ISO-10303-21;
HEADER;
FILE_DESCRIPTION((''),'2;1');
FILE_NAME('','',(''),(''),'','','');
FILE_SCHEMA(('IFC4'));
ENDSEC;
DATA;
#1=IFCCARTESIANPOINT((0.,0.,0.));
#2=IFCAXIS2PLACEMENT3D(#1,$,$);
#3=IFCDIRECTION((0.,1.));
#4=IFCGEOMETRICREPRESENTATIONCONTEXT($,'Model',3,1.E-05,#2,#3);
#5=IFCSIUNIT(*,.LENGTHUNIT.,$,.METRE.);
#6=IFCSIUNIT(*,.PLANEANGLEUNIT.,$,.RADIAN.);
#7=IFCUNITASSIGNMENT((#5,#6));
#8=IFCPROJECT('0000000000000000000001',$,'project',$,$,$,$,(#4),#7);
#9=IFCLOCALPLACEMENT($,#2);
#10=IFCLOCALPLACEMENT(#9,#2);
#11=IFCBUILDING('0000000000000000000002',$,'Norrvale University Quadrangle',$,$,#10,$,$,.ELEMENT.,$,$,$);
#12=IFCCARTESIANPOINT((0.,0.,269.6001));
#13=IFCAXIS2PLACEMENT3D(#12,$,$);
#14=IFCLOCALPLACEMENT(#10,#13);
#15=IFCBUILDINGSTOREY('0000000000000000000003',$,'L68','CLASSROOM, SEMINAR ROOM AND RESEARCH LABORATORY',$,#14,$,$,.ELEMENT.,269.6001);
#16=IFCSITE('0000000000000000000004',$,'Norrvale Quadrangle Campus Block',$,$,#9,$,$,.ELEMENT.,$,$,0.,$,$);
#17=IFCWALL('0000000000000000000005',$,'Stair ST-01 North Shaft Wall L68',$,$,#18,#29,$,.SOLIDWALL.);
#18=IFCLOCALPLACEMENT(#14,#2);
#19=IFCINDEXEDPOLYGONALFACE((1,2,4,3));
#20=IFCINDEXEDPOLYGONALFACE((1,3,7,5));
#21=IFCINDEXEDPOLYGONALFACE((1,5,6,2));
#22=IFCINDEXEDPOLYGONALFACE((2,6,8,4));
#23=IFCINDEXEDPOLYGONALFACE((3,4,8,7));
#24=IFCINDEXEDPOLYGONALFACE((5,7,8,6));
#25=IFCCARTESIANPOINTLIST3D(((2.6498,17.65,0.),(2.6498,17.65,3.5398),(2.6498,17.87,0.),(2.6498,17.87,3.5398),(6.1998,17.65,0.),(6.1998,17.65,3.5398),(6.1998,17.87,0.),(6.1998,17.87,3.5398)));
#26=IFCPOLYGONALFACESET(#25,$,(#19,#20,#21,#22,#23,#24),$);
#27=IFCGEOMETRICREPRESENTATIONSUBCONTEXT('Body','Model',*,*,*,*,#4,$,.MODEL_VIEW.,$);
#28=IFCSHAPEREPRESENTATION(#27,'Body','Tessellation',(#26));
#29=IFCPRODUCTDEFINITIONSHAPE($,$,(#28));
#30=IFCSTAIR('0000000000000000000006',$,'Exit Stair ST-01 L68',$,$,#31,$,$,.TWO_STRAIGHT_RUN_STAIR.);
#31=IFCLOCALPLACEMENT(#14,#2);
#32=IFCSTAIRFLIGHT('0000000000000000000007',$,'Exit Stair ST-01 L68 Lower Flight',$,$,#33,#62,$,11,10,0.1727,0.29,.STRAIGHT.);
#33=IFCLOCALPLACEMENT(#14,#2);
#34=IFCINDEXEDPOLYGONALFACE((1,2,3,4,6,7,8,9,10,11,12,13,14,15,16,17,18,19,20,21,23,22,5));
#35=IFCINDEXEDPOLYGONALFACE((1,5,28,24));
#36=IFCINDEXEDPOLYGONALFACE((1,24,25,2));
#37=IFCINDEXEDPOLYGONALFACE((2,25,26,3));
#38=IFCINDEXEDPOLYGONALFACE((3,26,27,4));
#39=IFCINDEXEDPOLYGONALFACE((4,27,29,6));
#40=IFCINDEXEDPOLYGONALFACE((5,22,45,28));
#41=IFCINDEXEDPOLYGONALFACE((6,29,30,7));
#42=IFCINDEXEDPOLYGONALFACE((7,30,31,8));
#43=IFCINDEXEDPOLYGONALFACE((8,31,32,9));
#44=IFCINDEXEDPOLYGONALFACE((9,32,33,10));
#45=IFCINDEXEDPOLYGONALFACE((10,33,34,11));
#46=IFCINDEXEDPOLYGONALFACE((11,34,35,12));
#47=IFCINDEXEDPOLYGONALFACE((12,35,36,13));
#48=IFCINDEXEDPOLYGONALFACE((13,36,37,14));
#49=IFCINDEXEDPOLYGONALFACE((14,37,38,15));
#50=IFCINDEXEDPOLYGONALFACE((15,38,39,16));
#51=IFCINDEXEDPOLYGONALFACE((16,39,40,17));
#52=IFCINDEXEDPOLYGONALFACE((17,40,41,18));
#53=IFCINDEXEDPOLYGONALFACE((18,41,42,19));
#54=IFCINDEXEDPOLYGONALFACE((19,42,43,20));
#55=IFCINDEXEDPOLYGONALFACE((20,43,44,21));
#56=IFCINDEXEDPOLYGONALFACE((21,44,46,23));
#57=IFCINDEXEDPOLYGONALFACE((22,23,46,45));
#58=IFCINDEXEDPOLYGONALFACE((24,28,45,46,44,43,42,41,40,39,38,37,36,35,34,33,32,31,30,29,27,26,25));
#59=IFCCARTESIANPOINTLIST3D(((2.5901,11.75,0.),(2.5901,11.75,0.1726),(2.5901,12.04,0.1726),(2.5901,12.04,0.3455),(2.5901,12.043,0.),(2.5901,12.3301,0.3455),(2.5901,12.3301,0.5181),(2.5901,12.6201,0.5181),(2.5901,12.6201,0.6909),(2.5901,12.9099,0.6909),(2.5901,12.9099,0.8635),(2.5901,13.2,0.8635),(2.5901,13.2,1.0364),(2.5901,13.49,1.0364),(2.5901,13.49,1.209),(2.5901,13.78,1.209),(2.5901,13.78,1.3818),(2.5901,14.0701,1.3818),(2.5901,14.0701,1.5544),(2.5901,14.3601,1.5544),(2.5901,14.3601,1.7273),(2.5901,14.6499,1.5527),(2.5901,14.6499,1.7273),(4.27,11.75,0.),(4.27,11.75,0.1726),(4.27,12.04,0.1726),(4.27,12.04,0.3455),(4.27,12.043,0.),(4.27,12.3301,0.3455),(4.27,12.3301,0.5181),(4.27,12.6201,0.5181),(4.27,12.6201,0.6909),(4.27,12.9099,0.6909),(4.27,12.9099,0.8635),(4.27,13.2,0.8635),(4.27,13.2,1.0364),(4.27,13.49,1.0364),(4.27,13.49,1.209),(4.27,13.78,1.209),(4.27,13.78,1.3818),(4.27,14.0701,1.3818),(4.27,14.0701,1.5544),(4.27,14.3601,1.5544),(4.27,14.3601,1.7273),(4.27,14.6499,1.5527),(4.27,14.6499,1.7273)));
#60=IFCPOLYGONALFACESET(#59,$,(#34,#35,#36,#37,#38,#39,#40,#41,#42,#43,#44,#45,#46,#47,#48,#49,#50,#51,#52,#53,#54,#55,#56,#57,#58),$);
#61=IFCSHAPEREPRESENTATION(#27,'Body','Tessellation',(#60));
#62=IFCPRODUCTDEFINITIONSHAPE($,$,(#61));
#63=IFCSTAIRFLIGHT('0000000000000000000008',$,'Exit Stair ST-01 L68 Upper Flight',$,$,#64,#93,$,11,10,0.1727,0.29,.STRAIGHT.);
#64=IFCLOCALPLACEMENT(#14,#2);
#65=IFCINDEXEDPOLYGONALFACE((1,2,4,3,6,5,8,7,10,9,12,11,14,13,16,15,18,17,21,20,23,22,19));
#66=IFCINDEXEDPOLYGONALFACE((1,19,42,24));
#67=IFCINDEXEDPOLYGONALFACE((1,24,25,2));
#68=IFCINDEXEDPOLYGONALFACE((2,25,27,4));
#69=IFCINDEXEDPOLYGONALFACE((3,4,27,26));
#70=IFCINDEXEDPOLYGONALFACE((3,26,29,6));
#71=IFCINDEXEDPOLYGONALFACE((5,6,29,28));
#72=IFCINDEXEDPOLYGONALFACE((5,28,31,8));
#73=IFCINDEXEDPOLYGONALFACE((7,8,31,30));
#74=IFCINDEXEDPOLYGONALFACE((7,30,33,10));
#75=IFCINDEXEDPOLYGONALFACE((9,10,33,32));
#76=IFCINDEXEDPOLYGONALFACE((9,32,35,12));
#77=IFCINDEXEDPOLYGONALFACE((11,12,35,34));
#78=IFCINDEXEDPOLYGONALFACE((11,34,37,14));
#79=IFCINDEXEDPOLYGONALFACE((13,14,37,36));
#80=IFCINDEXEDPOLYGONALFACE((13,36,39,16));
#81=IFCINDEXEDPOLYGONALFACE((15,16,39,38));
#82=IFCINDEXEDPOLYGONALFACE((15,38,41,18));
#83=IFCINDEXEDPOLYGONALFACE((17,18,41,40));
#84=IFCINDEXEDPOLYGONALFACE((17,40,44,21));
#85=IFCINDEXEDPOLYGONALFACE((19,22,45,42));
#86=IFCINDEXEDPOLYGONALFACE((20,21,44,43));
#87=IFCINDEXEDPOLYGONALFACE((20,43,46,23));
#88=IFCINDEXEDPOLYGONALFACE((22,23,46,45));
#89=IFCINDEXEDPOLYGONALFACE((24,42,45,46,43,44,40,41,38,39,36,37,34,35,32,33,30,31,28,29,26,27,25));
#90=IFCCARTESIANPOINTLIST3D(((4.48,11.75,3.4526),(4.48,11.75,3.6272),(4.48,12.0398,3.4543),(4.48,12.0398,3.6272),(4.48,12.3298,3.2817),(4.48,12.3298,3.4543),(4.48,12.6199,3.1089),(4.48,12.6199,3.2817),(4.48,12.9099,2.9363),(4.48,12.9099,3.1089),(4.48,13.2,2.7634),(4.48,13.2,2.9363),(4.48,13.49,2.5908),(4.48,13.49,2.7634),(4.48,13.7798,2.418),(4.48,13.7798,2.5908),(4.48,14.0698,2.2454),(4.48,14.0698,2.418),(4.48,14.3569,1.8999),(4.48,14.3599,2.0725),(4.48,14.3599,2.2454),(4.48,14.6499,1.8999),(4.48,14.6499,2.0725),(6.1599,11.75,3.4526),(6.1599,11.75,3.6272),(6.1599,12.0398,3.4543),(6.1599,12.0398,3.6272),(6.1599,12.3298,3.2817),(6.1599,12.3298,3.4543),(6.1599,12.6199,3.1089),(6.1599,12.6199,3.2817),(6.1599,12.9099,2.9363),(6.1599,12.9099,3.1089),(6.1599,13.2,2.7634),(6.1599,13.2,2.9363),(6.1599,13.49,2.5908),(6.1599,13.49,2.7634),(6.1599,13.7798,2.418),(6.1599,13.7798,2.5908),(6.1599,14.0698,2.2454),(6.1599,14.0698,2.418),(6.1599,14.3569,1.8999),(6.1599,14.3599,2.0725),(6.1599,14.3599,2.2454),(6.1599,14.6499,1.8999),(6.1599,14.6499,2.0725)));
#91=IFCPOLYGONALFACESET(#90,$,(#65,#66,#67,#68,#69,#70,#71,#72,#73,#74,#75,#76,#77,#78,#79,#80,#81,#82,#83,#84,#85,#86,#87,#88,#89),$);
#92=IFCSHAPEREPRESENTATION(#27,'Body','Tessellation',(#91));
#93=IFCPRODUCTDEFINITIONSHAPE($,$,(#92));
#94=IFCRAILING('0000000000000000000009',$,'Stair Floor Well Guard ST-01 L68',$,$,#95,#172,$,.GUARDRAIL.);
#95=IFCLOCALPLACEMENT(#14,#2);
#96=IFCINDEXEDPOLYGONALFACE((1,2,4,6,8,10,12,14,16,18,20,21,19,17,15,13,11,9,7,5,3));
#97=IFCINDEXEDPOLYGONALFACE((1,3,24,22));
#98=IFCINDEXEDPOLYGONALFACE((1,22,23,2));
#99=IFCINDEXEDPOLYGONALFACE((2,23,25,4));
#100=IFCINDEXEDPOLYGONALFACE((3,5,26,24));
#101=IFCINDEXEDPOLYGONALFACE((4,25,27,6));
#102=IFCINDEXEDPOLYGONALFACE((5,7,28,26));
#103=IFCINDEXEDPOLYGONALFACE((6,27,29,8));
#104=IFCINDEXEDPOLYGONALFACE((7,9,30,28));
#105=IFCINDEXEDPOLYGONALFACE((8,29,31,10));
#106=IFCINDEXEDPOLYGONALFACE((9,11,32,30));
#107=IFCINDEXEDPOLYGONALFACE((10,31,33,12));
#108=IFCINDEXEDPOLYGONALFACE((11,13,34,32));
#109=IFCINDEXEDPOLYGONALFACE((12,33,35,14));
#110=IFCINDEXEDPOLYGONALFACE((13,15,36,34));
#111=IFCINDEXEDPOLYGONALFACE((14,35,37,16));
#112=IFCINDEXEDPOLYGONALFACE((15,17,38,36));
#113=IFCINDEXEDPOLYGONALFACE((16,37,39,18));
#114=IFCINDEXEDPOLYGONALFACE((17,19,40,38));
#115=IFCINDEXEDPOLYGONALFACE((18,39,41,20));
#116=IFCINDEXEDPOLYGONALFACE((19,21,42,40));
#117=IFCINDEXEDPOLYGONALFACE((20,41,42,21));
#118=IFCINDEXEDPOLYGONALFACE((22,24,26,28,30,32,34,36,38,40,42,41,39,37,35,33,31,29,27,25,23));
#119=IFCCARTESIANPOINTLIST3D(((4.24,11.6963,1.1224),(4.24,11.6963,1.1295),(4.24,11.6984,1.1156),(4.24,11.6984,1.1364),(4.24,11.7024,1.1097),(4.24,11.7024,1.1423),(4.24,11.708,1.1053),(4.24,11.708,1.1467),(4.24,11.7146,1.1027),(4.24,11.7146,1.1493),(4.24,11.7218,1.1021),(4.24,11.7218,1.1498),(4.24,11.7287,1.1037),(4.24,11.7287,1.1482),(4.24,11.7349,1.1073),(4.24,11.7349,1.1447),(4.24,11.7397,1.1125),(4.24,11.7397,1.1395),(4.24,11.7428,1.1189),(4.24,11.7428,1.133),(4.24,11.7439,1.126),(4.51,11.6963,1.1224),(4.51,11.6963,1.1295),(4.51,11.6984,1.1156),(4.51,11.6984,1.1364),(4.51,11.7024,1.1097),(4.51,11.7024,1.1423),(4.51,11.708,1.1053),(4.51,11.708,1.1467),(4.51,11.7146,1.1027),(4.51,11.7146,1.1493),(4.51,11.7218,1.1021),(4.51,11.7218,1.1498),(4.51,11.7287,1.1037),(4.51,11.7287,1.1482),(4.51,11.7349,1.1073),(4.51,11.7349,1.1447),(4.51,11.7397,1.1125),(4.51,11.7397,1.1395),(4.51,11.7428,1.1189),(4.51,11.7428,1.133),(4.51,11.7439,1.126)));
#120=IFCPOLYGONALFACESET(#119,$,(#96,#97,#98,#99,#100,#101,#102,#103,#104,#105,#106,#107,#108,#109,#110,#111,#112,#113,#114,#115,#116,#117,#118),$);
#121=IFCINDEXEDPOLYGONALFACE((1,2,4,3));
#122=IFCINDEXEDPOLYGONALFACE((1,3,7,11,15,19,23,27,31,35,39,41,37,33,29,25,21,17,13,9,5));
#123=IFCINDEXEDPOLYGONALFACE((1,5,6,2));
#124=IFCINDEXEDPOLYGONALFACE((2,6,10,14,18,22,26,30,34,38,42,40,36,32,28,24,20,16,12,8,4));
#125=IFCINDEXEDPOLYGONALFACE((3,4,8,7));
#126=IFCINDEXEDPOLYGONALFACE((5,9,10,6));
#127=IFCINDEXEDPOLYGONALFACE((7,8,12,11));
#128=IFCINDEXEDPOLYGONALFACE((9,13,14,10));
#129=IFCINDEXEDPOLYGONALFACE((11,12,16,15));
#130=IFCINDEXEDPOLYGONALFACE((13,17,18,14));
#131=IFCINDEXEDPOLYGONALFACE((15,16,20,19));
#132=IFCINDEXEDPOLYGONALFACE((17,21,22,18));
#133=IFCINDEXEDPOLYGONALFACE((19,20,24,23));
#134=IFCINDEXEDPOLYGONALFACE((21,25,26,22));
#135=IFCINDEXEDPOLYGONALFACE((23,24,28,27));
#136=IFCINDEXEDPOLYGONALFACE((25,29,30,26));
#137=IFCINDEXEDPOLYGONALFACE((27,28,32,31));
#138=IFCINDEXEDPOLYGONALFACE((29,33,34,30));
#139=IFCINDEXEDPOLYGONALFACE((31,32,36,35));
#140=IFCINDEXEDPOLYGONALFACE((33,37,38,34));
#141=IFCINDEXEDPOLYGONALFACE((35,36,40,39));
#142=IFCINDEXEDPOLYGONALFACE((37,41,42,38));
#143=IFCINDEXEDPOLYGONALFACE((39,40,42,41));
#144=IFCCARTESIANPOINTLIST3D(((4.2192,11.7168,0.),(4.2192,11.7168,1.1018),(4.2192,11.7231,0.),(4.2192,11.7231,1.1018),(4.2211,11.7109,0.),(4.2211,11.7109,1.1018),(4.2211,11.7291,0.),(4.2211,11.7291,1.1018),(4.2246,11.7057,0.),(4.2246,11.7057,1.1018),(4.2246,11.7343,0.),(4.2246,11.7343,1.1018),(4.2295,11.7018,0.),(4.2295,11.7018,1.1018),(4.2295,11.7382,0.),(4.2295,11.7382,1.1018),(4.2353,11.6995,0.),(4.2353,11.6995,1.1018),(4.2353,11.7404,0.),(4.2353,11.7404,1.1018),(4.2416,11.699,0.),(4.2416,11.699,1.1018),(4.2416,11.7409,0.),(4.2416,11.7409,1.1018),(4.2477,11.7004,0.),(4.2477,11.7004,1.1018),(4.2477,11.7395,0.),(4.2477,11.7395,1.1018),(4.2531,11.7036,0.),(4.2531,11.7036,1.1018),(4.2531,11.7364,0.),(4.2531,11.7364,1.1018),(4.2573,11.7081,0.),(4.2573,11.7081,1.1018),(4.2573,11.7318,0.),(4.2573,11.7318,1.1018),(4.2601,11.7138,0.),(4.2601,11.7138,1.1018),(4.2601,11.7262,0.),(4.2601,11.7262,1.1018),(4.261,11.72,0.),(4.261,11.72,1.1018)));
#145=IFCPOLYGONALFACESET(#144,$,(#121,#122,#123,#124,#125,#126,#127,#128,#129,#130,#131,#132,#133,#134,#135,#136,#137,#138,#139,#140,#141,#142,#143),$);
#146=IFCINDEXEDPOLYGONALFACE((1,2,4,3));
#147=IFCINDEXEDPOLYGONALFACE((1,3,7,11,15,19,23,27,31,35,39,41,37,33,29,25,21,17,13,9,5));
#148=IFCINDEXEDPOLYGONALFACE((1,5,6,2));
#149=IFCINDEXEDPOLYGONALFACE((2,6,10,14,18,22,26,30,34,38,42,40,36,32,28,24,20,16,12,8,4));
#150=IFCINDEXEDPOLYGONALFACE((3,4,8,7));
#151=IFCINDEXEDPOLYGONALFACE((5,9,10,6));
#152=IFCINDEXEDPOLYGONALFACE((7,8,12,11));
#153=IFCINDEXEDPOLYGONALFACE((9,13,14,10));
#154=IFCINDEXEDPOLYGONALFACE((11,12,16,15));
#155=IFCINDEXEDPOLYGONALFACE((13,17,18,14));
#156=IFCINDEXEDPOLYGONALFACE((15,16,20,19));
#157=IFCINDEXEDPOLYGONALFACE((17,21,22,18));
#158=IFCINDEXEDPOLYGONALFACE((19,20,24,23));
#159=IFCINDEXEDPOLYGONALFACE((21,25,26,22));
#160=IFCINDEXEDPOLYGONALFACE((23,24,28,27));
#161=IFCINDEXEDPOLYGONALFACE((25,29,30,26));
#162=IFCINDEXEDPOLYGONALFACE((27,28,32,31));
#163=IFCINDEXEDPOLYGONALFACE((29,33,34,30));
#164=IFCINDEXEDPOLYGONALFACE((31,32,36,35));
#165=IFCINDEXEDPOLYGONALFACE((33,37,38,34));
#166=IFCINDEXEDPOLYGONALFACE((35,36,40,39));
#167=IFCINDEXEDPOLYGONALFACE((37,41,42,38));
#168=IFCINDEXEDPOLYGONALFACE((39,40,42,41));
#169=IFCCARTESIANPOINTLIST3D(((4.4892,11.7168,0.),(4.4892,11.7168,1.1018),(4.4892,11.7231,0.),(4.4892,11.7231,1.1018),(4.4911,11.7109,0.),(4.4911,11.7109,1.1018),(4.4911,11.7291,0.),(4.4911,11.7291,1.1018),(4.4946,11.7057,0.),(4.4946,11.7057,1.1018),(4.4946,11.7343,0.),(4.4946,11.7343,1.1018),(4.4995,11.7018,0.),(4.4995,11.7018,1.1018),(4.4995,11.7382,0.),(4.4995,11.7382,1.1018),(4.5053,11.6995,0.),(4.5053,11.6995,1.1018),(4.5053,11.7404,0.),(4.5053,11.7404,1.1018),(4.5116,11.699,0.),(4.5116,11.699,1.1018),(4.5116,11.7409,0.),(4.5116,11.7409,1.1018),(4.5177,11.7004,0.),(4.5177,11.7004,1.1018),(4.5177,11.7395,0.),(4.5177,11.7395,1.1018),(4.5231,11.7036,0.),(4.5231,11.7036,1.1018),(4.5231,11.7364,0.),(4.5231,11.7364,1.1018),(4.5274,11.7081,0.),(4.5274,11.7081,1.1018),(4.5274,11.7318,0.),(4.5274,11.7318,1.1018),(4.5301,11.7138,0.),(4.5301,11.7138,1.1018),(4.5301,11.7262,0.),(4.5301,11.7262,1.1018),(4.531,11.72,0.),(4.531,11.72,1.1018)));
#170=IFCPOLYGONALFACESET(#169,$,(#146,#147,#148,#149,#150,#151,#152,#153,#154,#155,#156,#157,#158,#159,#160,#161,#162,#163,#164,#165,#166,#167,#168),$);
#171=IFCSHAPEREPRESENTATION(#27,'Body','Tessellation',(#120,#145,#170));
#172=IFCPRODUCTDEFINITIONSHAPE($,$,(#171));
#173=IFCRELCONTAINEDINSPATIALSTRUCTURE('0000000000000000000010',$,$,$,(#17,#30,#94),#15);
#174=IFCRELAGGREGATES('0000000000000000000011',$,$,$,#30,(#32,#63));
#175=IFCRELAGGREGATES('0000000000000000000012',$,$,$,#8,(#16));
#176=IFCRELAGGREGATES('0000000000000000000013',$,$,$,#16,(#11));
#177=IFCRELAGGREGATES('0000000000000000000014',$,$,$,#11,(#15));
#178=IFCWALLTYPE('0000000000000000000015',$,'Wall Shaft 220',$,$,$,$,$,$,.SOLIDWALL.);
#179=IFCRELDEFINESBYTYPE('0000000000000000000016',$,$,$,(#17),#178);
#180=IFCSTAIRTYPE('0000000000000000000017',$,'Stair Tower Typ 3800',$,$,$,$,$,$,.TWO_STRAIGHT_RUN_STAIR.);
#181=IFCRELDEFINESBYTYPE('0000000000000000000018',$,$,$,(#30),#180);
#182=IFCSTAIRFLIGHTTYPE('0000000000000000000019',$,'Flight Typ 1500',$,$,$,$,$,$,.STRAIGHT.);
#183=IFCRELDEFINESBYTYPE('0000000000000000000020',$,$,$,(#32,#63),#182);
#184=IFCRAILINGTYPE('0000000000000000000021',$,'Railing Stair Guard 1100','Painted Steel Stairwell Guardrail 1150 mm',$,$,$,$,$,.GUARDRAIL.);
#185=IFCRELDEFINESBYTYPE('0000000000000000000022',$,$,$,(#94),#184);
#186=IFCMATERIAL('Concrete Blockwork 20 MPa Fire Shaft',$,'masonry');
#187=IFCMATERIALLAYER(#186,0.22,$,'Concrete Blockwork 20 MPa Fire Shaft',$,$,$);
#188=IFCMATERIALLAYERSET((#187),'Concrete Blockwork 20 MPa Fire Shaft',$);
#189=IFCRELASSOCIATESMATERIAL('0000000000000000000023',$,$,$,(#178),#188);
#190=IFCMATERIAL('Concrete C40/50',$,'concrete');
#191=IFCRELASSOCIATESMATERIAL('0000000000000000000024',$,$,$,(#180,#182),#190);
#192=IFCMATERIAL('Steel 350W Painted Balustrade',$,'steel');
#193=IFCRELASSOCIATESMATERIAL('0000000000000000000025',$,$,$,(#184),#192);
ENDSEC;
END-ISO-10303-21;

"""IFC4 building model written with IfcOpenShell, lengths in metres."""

from ifc_helpers import new_model, si_unit, direction, frame, frame_2d, origin, origin_2d, place, context, subcontext, project, spatial, polyline, rectangle, circle, outline, extrude, material, layer, layer_set, type_object, element, aggregate, save


model = new_model("IFC4")

# Units and contexts
model_context = context("Model", 3, precision=1e-05, world=origin(), true_north=direction((0.0, 1.0)))
body_context = subcontext(model_context, "Body", "Model", "MODEL_VIEW")
ifc_project = project(units=[si_unit("LENGTHUNIT", "METRE"), si_unit("PLANEANGLEUNIT", "RADIAN")], contexts=[model_context])

# Site, building, storey
site_placement = place(None, origin())
site = spatial("IfcSite", under=ifc_project, at=site_placement, Name="Norrvale Quadrangle Campus Block", CompositionType="ELEMENT", RefElevation=0.0)
building_placement = place(site_placement, origin())
building = spatial("IfcBuilding", under=site, at=building_placement, Name="Norrvale University Quadrangle", CompositionType="ELEMENT")
storey_placement = place(building_placement, frame((0.0, 0.0, 269.6001)))
storey = spatial("IfcBuildingStorey", under=building, at=storey_placement, Name="L68", Description="CLASSROOM, SEMINAR ROOM AND RESEARCH LABORATORY", CompositionType="ELEMENT", Elevation=269.6001)

# Wall
ifc_material_1 = material(Name="Concrete Blockwork 20 MPa Fire Shaft", Category="masonry")
ifc_layer_1 = layer(ifc_material_1, 0.22, Name="Concrete Blockwork 20 MPa Fire Shaft")
ifc_layer_set_1 = layer_set([ifc_layer_1], Name="Concrete Blockwork 20 MPa Fire Shaft")
wall_type_1 = type_object("IfcWallType", Name="Wall Shaft 220", PredefinedType="SOLIDWALL", material=ifc_layer_set_1)
wall_1_placement = place(storey_placement, frame((2.6499, 17.76, 0.0), z_axis=(0.0, 0.0, 1.0), x_axis=(1.0, 0.0, 0.0)))
element("IfcWall", 1, at=wall_1_placement, inside=storey, type_object=wall_type_1, Name="Stair ST-01 North Shaft Wall L68", PredefinedType="SOLIDWALL", context=body_context, shape_type="SweptSolid", body=[
    extrude(rectangle(XDim=3.55, YDim=0.22, at=frame_2d((1.7749, 0.0))), origin(), (0.0, 0.0, 1.0), 3.5398),
])

# Stair, stair flights
ifc_material_2 = material(Name="Concrete C40/50", Category="concrete")
stair_type = type_object("IfcStairType", Name="Stair Tower Typ 3800", PredefinedType="TWO_STRAIGHT_RUN_STAIR", material=ifc_material_2)
stair_placement = place(storey_placement, origin())
stair = element("IfcStair", 2, at=stair_placement, inside=storey, type_object=stair_type, Name="Exit Stair ST-01 L68", PredefinedType="TWO_STRAIGHT_RUN_STAIR")
stair_flight_type = type_object("IfcStairFlightType", Name="Flight Typ 1500", PredefinedType="STRAIGHT", material=ifc_material_2)
stair_flight_1_placement = place(storey_placement, frame((3.4299, 11.75, 0.0), z_axis=(0.0, 0.0, 1.0), x_axis=(0.0, 1.0, 0.0)))
stair_flight_1 = element("IfcStairFlight", 3, at=stair_flight_1_placement, type_object=stair_flight_type, Name="Exit Stair ST-01 L68 Lower Flight", NumberOfRisers=11, NumberOfTreads=10, PredefinedType="STRAIGHT", RiserHeight=0.1727, TreadLength=0.29, context=body_context, shape_type="SweptSolid", body=[
    extrude(outline(polyline([(0.0, 0.0), (0.0, 0.1726), (0.29, 0.1726), (0.29, 0.3455), (0.5801, 0.3455), (0.5801, 0.5181), (0.8701, 0.5181), (0.8701, 0.6909), (1.1599, 0.6909), (1.1599, 0.8635), (1.45, 0.8635), (1.45, 1.0364), (1.74, 1.0364), (1.74, 1.209), (2.03, 1.209), (2.03, 1.3818), (2.3201, 1.3818), (2.3201, 1.5544), (2.6101, 1.5544), (2.6101, 1.7273), (2.8999, 1.7273), (2.8999, 1.8999), (2.8999, 1.5527), (0.293, 0.0), (0.0, 0.0)])), frame((0.0, 0.8398, 0.0), z_axis=(0.0, -1.0, 0.0), x_axis=(1.0, 0.0, 0.0)), (0.0, 0.0, 1.0), 1.6799),
])
stair_flight_2_placement = place(storey_placement, frame((5.3201, 14.6499, 1.8999), z_axis=(0.0, 0.0, 1.0), x_axis=(0.0, -1.0, 0.0)))
stair_flight_2 = element("IfcStairFlight", 4, at=stair_flight_2_placement, type_object=stair_flight_type, Name="Exit Stair ST-01 L68 Upper Flight", NumberOfRisers=11, NumberOfTreads=10, PredefinedType="STRAIGHT", RiserHeight=0.1727, TreadLength=0.29, context=body_context, shape_type="SweptSolid", body=[
    extrude(outline(polyline([(0.0, 0.0), (0.0, 0.1726), (0.29, 0.1726), (0.29, 0.3455), (0.5801, 0.3455), (0.5801, 0.5181), (0.8701, 0.5181), (0.8701, 0.6909), (1.1599, 0.6909), (1.1599, 0.8635), (1.45, 0.8635), (1.45, 1.0364), (1.74, 1.0364), (1.74, 1.209), (2.03, 1.209), (2.03, 1.3818), (2.3201, 1.3818), (2.3201, 1.5544), (2.6101, 1.5544), (2.6101, 1.7273), (2.8999, 1.7273), (2.8999, 1.8999), (2.8999, 1.5527), (0.293, 0.0), (0.0, 0.0)])), frame((0.0, 0.8398, 0.0), z_axis=(0.0, -1.0, 0.0), x_axis=(1.0, 0.0, 0.0)), (0.0, 0.0, 1.0), 1.6799),
])
aggregate(stair, [stair_flight_1, stair_flight_2])

# Railing
ifc_material_3 = material(Name="Steel 350W Painted Balustrade", Category="steel")
railing_type_1 = type_object("IfcRailingType", Name="Railing Stair Guard 1100", Description="Painted Steel Stairwell Guardrail 1150 mm", PredefinedType="GUARDRAIL", material=ifc_material_3)
for number, where, name in (
    (5, (4.24, 11.72, 0.0), "Stair Floor Well Guard ST-01 L68"),
):
    element("IfcRailing", number, at=place(storey_placement, frame(where)), inside=storey, type_object=railing_type_1, Name=name, PredefinedType="GUARDRAIL", context=body_context, shape_type="SweptSolid", body=[
        extrude(circle(Radius=0.0239, at=origin_2d()), frame((0.0, 0.0, 1.126), z_axis=(1.0, 0.0, 0.0), x_axis=(0.0, 1.0, 0.0)), (0.0, 0.0, 1.0), 0.27),
        extrude(circle(Radius=0.021, at=origin_2d()), origin(), (0.0, 0.0, 1.0), 1.1018),
        extrude(circle(Radius=0.021, at=origin_2d()), frame((0.27, 0.0, 0.0)), (0.0, 0.0, 1.0), 1.1018),
    ])

save(model, "model.ifc")
